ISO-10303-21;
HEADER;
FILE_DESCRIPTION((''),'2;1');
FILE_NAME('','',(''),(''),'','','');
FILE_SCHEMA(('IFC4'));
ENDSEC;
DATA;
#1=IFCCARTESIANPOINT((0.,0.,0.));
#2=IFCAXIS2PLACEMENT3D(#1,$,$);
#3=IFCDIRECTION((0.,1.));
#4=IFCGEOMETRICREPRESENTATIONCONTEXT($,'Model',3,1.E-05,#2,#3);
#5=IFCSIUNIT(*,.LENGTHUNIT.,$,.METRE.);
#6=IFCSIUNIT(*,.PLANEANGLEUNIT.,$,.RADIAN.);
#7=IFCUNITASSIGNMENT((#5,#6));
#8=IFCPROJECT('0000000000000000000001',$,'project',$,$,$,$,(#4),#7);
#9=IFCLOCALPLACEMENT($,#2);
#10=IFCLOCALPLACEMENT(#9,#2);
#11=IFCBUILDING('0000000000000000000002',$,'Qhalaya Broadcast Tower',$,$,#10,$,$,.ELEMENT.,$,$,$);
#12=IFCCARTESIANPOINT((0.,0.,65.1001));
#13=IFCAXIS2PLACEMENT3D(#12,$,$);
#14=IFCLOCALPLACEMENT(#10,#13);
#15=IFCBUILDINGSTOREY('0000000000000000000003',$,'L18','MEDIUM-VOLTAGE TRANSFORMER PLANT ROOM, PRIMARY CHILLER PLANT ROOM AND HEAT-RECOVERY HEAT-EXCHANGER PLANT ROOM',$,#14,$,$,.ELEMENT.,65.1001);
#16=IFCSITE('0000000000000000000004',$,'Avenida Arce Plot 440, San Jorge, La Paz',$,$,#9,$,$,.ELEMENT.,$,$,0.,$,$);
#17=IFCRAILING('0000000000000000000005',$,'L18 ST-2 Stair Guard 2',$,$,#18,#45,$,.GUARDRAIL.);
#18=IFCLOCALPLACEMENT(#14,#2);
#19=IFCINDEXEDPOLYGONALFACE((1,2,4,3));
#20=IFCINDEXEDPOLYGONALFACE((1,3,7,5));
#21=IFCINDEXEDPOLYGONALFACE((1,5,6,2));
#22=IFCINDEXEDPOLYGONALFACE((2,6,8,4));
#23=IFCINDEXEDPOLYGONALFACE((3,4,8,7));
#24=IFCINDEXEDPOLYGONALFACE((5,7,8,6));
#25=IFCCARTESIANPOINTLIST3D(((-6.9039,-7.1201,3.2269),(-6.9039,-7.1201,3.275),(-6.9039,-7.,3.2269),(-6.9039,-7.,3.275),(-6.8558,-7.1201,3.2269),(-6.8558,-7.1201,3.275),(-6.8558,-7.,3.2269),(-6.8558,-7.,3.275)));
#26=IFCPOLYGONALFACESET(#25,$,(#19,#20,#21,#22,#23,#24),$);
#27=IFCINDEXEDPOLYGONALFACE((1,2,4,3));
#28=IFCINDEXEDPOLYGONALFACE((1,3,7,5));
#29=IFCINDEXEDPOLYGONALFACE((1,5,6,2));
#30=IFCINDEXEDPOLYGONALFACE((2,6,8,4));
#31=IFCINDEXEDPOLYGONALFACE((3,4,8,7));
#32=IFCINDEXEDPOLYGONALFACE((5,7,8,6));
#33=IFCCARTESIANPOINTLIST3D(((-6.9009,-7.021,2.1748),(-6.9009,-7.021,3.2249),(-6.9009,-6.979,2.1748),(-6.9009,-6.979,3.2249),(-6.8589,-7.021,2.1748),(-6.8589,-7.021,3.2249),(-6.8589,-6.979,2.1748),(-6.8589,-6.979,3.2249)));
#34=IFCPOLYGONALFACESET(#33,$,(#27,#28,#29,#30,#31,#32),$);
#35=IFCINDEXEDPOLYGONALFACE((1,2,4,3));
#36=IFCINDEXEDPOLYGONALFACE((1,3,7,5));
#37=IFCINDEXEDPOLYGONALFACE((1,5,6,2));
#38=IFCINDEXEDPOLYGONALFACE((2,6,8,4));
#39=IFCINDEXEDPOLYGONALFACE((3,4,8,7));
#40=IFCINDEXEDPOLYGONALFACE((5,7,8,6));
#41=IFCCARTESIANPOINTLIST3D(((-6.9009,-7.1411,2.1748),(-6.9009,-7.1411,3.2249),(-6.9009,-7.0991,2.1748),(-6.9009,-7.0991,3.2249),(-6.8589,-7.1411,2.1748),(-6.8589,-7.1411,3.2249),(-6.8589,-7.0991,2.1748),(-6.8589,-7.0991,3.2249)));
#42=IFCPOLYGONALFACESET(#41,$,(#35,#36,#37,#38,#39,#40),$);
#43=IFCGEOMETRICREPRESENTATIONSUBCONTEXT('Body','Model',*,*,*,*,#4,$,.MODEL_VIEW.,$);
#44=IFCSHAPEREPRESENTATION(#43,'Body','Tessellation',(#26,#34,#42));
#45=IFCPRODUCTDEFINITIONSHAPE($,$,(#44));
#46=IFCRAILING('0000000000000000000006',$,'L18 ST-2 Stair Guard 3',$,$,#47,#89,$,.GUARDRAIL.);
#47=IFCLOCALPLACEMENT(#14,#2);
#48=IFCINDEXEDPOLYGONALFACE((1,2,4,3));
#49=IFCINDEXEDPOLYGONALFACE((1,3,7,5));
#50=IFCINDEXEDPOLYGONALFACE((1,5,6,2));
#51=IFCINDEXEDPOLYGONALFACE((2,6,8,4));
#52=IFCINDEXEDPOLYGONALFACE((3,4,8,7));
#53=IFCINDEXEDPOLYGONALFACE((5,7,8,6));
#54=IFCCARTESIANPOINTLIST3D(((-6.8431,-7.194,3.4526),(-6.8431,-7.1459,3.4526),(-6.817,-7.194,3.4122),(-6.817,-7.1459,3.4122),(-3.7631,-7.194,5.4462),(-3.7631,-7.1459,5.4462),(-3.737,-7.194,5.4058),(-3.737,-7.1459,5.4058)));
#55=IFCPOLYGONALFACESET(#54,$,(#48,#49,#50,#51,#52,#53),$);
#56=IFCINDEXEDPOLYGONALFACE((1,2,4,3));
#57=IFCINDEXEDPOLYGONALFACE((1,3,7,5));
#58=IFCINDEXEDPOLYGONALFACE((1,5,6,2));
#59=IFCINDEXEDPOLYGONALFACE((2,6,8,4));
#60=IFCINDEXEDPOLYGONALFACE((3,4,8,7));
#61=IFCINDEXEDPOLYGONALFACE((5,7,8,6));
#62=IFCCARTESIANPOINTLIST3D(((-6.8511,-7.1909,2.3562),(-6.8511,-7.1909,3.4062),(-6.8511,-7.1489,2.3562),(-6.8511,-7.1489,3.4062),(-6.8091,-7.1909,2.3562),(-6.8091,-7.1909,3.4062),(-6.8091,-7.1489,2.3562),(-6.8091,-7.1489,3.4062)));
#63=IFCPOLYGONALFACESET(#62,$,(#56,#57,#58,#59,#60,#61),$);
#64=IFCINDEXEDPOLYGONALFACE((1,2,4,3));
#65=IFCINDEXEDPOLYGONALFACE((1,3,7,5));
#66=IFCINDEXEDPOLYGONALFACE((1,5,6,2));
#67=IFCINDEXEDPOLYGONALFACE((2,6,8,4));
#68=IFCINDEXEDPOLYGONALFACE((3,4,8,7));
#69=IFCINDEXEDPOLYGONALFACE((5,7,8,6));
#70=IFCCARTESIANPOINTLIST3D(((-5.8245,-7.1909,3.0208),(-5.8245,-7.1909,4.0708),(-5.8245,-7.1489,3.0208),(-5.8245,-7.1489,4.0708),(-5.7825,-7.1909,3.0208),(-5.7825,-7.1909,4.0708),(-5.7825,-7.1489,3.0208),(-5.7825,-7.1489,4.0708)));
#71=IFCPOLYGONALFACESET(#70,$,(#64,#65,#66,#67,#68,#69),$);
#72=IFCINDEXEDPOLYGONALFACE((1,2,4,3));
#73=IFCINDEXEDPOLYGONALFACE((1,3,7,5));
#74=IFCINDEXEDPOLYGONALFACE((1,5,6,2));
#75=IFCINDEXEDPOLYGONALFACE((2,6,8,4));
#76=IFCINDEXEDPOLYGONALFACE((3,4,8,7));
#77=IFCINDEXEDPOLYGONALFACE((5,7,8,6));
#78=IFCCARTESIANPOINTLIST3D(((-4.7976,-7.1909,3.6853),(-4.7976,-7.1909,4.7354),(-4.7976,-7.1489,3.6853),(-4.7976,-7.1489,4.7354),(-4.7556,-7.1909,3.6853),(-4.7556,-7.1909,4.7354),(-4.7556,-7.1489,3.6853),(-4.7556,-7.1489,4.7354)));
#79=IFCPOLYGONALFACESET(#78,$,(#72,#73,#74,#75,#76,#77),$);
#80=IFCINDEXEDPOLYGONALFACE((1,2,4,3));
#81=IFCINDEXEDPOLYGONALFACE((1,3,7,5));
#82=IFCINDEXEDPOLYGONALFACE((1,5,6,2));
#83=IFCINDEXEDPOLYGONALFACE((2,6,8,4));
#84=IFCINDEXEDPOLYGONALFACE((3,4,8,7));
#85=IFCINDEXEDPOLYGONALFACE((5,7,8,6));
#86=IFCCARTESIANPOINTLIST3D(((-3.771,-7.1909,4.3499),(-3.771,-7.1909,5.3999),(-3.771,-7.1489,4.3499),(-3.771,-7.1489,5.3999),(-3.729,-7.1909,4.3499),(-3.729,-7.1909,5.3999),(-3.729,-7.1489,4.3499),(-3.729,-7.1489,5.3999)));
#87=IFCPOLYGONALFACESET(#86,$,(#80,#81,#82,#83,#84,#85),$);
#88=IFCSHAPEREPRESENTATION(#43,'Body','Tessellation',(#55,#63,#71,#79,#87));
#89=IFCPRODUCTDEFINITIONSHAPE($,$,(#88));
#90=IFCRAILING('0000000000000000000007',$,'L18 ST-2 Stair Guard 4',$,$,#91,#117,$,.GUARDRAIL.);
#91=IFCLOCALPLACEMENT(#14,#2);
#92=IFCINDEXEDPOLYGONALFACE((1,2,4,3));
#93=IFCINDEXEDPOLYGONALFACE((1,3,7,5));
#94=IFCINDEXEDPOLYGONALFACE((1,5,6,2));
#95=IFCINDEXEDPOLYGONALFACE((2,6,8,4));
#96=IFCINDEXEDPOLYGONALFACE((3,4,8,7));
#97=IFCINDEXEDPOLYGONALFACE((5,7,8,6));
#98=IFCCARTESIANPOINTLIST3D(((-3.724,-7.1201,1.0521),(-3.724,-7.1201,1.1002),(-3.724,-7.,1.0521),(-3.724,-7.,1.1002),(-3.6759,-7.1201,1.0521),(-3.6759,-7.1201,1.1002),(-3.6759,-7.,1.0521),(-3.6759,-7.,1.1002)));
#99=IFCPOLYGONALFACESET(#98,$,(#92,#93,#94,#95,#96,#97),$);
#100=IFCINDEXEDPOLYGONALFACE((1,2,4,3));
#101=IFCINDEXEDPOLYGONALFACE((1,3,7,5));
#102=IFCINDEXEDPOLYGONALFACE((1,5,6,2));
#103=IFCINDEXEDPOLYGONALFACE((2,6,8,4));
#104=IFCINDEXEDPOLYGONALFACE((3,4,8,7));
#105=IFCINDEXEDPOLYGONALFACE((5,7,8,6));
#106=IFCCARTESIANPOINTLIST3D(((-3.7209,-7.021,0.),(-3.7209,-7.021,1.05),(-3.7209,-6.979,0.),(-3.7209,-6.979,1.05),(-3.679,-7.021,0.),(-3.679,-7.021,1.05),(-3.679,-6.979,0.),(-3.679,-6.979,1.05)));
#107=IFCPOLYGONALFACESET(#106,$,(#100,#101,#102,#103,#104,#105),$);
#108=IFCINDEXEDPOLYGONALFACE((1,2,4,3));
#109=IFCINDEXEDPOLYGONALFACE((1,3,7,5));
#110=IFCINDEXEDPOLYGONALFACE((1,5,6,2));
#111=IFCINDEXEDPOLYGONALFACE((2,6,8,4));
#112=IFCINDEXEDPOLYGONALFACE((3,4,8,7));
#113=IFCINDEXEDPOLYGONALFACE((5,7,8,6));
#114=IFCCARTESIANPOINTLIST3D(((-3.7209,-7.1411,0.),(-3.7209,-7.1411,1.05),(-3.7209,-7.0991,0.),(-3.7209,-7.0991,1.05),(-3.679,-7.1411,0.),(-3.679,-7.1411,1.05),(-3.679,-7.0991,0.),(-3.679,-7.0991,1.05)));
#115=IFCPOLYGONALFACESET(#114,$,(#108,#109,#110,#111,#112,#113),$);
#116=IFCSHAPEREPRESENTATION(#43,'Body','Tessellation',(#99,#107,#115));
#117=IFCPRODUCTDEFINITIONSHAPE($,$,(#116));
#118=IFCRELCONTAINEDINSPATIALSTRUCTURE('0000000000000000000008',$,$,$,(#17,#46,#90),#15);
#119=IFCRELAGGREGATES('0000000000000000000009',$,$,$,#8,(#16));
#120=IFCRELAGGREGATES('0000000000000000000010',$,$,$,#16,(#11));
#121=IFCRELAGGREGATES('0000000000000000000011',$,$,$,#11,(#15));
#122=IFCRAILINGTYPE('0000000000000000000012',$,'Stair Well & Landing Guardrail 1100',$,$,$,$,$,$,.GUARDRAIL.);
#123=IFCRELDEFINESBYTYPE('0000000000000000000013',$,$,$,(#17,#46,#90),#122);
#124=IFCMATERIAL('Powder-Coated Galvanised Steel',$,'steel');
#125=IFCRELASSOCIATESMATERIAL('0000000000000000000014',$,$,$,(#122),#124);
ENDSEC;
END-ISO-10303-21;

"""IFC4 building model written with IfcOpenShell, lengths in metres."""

from ifc_helpers import new_model, si_unit, direction, frame, origin, origin_2d, place, context, subcontext, project, spatial, rectangle, extrude, material, type_object, element, save


model = new_model("IFC4")

# Units and contexts
model_context = context("Model", 3, precision=1e-05, world=origin(), true_north=direction((0.0, 1.0)))
body_context = subcontext(model_context, "Body", "Model", "MODEL_VIEW")
ifc_project = project(units=[si_unit("LENGTHUNIT", "METRE"), si_unit("PLANEANGLEUNIT", "RADIAN")], contexts=[model_context])

# Site, building, storey
site_placement = place(None, origin())
site = spatial("IfcSite", under=ifc_project, at=site_placement, Name="Avenida Arce Plot 440, San Jorge, La Paz", CompositionType="ELEMENT", RefElevation=0.0)
building_placement = place(site_placement, origin())
building = spatial("IfcBuilding", under=site, at=building_placement, Name="Qhalaya Broadcast Tower", CompositionType="ELEMENT")
storey_placement = place(building_placement, frame((0.0, 0.0, 65.1001)))
storey = spatial("IfcBuildingStorey", under=building, at=storey_placement, Name="L18", Description="MEDIUM-VOLTAGE TRANSFORMER PLANT ROOM, PRIMARY CHILLER PLANT ROOM AND HEAT-RECOVERY HEAT-EXCHANGER PLANT ROOM", CompositionType="ELEMENT", Elevation=65.1001)

# Railings
ifc_material_1 = material(Name="Powder-Coated Galvanised Steel", Category="steel")
railing_type_1 = type_object("IfcRailingType", Name="Stair Well & Landing Guardrail 1100", PredefinedType="GUARDRAIL", material=ifc_material_1)
railing_1_placement = place(storey_placement, frame((-6.8799, -7.0, 2.1748)))
element("IfcRailing", 1, at=railing_1_placement, inside=storey, type_object=railing_type_1, Name="L18 ST-2 Stair Guard 2", PredefinedType="GUARDRAIL", context=body_context, shape_type="SweptSolid", body=[
    extrude(rectangle(XDim=0.0481, YDim=0.0481, at=origin_2d()), frame((0.0, 0.0, 1.0762), z_axis=(0.0, -1.0, 0.0), x_axis=(1.0, 0.0, 0.0)), (0.0, 0.0, 1.0), 0.1201),
    extrude(rectangle(XDim=0.042, YDim=0.042, at=origin_2d()), origin(), (0.0, 0.0, 1.0), 1.05),
    extrude(rectangle(XDim=0.042, YDim=0.042, at=origin_2d()), frame((0.0, -0.1201, 0.0)), (0.0, 0.0, 1.0), 1.05),
])
railing_2_placement = place(storey_placement, frame((-6.8301, -7.1699, 2.3562)))
element("IfcRailing", 2, at=railing_2_placement, inside=storey, type_object=railing_type_1, Name="L18 ST-2 Stair Guard 3", PredefinedType="GUARDRAIL", context=body_context, shape_type="SweptSolid", body=[
    extrude(rectangle(XDim=0.0481, YDim=0.0481, at=origin_2d()), frame((0.0, 0.0, 1.0762), z_axis=(0.839488, 0.0, 0.543378), x_axis=(0.0, 1.0, 0.0)), (0.0, 0.0, 1.0), 3.6689),
    extrude(rectangle(XDim=0.042, YDim=0.042, at=origin_2d()), origin(), (0.0, 0.0, 1.0), 1.05),
    extrude(rectangle(XDim=0.042, YDim=0.042, at=origin_2d()), frame((1.0266, 0.0, 0.6646)), (0.0, 0.0, 1.0), 1.05),
    extrude(rectangle(XDim=0.042, YDim=0.042, at=origin_2d()), frame((2.0535, 0.0, 1.3291)), (0.0, 0.0, 1.0), 1.05),
    extrude(rectangle(XDim=0.042, YDim=0.042, at=origin_2d()), frame((3.0801, 0.0, 1.9937)), (0.0, 0.0, 1.0), 1.05),
])
railing_3_placement = place(storey_placement, frame((-3.7, -7.0, 0.0)))
element("IfcRailing", 3, at=railing_3_placement, inside=storey, type_object=railing_type_1, Name="L18 ST-2 Stair Guard 4", PredefinedType="GUARDRAIL", context=body_context, shape_type="SweptSolid", body=[
    extrude(rectangle(XDim=0.0481, YDim=0.0481, at=origin_2d()), frame((0.0, 0.0, 1.0762), z_axis=(0.0, -1.0, 0.0), x_axis=(1.0, 0.0, 0.0)), (0.0, 0.0, 1.0), 0.1201),
    extrude(rectangle(XDim=0.042, YDim=0.042, at=origin_2d()), origin(), (0.0, 0.0, 1.0), 1.05),
    extrude(rectangle(XDim=0.042, YDim=0.042, at=origin_2d()), frame((0.0, -0.1201, 0.0)), (0.0, 0.0, 1.0), 1.05),
])

save(model, "model.ifc")
